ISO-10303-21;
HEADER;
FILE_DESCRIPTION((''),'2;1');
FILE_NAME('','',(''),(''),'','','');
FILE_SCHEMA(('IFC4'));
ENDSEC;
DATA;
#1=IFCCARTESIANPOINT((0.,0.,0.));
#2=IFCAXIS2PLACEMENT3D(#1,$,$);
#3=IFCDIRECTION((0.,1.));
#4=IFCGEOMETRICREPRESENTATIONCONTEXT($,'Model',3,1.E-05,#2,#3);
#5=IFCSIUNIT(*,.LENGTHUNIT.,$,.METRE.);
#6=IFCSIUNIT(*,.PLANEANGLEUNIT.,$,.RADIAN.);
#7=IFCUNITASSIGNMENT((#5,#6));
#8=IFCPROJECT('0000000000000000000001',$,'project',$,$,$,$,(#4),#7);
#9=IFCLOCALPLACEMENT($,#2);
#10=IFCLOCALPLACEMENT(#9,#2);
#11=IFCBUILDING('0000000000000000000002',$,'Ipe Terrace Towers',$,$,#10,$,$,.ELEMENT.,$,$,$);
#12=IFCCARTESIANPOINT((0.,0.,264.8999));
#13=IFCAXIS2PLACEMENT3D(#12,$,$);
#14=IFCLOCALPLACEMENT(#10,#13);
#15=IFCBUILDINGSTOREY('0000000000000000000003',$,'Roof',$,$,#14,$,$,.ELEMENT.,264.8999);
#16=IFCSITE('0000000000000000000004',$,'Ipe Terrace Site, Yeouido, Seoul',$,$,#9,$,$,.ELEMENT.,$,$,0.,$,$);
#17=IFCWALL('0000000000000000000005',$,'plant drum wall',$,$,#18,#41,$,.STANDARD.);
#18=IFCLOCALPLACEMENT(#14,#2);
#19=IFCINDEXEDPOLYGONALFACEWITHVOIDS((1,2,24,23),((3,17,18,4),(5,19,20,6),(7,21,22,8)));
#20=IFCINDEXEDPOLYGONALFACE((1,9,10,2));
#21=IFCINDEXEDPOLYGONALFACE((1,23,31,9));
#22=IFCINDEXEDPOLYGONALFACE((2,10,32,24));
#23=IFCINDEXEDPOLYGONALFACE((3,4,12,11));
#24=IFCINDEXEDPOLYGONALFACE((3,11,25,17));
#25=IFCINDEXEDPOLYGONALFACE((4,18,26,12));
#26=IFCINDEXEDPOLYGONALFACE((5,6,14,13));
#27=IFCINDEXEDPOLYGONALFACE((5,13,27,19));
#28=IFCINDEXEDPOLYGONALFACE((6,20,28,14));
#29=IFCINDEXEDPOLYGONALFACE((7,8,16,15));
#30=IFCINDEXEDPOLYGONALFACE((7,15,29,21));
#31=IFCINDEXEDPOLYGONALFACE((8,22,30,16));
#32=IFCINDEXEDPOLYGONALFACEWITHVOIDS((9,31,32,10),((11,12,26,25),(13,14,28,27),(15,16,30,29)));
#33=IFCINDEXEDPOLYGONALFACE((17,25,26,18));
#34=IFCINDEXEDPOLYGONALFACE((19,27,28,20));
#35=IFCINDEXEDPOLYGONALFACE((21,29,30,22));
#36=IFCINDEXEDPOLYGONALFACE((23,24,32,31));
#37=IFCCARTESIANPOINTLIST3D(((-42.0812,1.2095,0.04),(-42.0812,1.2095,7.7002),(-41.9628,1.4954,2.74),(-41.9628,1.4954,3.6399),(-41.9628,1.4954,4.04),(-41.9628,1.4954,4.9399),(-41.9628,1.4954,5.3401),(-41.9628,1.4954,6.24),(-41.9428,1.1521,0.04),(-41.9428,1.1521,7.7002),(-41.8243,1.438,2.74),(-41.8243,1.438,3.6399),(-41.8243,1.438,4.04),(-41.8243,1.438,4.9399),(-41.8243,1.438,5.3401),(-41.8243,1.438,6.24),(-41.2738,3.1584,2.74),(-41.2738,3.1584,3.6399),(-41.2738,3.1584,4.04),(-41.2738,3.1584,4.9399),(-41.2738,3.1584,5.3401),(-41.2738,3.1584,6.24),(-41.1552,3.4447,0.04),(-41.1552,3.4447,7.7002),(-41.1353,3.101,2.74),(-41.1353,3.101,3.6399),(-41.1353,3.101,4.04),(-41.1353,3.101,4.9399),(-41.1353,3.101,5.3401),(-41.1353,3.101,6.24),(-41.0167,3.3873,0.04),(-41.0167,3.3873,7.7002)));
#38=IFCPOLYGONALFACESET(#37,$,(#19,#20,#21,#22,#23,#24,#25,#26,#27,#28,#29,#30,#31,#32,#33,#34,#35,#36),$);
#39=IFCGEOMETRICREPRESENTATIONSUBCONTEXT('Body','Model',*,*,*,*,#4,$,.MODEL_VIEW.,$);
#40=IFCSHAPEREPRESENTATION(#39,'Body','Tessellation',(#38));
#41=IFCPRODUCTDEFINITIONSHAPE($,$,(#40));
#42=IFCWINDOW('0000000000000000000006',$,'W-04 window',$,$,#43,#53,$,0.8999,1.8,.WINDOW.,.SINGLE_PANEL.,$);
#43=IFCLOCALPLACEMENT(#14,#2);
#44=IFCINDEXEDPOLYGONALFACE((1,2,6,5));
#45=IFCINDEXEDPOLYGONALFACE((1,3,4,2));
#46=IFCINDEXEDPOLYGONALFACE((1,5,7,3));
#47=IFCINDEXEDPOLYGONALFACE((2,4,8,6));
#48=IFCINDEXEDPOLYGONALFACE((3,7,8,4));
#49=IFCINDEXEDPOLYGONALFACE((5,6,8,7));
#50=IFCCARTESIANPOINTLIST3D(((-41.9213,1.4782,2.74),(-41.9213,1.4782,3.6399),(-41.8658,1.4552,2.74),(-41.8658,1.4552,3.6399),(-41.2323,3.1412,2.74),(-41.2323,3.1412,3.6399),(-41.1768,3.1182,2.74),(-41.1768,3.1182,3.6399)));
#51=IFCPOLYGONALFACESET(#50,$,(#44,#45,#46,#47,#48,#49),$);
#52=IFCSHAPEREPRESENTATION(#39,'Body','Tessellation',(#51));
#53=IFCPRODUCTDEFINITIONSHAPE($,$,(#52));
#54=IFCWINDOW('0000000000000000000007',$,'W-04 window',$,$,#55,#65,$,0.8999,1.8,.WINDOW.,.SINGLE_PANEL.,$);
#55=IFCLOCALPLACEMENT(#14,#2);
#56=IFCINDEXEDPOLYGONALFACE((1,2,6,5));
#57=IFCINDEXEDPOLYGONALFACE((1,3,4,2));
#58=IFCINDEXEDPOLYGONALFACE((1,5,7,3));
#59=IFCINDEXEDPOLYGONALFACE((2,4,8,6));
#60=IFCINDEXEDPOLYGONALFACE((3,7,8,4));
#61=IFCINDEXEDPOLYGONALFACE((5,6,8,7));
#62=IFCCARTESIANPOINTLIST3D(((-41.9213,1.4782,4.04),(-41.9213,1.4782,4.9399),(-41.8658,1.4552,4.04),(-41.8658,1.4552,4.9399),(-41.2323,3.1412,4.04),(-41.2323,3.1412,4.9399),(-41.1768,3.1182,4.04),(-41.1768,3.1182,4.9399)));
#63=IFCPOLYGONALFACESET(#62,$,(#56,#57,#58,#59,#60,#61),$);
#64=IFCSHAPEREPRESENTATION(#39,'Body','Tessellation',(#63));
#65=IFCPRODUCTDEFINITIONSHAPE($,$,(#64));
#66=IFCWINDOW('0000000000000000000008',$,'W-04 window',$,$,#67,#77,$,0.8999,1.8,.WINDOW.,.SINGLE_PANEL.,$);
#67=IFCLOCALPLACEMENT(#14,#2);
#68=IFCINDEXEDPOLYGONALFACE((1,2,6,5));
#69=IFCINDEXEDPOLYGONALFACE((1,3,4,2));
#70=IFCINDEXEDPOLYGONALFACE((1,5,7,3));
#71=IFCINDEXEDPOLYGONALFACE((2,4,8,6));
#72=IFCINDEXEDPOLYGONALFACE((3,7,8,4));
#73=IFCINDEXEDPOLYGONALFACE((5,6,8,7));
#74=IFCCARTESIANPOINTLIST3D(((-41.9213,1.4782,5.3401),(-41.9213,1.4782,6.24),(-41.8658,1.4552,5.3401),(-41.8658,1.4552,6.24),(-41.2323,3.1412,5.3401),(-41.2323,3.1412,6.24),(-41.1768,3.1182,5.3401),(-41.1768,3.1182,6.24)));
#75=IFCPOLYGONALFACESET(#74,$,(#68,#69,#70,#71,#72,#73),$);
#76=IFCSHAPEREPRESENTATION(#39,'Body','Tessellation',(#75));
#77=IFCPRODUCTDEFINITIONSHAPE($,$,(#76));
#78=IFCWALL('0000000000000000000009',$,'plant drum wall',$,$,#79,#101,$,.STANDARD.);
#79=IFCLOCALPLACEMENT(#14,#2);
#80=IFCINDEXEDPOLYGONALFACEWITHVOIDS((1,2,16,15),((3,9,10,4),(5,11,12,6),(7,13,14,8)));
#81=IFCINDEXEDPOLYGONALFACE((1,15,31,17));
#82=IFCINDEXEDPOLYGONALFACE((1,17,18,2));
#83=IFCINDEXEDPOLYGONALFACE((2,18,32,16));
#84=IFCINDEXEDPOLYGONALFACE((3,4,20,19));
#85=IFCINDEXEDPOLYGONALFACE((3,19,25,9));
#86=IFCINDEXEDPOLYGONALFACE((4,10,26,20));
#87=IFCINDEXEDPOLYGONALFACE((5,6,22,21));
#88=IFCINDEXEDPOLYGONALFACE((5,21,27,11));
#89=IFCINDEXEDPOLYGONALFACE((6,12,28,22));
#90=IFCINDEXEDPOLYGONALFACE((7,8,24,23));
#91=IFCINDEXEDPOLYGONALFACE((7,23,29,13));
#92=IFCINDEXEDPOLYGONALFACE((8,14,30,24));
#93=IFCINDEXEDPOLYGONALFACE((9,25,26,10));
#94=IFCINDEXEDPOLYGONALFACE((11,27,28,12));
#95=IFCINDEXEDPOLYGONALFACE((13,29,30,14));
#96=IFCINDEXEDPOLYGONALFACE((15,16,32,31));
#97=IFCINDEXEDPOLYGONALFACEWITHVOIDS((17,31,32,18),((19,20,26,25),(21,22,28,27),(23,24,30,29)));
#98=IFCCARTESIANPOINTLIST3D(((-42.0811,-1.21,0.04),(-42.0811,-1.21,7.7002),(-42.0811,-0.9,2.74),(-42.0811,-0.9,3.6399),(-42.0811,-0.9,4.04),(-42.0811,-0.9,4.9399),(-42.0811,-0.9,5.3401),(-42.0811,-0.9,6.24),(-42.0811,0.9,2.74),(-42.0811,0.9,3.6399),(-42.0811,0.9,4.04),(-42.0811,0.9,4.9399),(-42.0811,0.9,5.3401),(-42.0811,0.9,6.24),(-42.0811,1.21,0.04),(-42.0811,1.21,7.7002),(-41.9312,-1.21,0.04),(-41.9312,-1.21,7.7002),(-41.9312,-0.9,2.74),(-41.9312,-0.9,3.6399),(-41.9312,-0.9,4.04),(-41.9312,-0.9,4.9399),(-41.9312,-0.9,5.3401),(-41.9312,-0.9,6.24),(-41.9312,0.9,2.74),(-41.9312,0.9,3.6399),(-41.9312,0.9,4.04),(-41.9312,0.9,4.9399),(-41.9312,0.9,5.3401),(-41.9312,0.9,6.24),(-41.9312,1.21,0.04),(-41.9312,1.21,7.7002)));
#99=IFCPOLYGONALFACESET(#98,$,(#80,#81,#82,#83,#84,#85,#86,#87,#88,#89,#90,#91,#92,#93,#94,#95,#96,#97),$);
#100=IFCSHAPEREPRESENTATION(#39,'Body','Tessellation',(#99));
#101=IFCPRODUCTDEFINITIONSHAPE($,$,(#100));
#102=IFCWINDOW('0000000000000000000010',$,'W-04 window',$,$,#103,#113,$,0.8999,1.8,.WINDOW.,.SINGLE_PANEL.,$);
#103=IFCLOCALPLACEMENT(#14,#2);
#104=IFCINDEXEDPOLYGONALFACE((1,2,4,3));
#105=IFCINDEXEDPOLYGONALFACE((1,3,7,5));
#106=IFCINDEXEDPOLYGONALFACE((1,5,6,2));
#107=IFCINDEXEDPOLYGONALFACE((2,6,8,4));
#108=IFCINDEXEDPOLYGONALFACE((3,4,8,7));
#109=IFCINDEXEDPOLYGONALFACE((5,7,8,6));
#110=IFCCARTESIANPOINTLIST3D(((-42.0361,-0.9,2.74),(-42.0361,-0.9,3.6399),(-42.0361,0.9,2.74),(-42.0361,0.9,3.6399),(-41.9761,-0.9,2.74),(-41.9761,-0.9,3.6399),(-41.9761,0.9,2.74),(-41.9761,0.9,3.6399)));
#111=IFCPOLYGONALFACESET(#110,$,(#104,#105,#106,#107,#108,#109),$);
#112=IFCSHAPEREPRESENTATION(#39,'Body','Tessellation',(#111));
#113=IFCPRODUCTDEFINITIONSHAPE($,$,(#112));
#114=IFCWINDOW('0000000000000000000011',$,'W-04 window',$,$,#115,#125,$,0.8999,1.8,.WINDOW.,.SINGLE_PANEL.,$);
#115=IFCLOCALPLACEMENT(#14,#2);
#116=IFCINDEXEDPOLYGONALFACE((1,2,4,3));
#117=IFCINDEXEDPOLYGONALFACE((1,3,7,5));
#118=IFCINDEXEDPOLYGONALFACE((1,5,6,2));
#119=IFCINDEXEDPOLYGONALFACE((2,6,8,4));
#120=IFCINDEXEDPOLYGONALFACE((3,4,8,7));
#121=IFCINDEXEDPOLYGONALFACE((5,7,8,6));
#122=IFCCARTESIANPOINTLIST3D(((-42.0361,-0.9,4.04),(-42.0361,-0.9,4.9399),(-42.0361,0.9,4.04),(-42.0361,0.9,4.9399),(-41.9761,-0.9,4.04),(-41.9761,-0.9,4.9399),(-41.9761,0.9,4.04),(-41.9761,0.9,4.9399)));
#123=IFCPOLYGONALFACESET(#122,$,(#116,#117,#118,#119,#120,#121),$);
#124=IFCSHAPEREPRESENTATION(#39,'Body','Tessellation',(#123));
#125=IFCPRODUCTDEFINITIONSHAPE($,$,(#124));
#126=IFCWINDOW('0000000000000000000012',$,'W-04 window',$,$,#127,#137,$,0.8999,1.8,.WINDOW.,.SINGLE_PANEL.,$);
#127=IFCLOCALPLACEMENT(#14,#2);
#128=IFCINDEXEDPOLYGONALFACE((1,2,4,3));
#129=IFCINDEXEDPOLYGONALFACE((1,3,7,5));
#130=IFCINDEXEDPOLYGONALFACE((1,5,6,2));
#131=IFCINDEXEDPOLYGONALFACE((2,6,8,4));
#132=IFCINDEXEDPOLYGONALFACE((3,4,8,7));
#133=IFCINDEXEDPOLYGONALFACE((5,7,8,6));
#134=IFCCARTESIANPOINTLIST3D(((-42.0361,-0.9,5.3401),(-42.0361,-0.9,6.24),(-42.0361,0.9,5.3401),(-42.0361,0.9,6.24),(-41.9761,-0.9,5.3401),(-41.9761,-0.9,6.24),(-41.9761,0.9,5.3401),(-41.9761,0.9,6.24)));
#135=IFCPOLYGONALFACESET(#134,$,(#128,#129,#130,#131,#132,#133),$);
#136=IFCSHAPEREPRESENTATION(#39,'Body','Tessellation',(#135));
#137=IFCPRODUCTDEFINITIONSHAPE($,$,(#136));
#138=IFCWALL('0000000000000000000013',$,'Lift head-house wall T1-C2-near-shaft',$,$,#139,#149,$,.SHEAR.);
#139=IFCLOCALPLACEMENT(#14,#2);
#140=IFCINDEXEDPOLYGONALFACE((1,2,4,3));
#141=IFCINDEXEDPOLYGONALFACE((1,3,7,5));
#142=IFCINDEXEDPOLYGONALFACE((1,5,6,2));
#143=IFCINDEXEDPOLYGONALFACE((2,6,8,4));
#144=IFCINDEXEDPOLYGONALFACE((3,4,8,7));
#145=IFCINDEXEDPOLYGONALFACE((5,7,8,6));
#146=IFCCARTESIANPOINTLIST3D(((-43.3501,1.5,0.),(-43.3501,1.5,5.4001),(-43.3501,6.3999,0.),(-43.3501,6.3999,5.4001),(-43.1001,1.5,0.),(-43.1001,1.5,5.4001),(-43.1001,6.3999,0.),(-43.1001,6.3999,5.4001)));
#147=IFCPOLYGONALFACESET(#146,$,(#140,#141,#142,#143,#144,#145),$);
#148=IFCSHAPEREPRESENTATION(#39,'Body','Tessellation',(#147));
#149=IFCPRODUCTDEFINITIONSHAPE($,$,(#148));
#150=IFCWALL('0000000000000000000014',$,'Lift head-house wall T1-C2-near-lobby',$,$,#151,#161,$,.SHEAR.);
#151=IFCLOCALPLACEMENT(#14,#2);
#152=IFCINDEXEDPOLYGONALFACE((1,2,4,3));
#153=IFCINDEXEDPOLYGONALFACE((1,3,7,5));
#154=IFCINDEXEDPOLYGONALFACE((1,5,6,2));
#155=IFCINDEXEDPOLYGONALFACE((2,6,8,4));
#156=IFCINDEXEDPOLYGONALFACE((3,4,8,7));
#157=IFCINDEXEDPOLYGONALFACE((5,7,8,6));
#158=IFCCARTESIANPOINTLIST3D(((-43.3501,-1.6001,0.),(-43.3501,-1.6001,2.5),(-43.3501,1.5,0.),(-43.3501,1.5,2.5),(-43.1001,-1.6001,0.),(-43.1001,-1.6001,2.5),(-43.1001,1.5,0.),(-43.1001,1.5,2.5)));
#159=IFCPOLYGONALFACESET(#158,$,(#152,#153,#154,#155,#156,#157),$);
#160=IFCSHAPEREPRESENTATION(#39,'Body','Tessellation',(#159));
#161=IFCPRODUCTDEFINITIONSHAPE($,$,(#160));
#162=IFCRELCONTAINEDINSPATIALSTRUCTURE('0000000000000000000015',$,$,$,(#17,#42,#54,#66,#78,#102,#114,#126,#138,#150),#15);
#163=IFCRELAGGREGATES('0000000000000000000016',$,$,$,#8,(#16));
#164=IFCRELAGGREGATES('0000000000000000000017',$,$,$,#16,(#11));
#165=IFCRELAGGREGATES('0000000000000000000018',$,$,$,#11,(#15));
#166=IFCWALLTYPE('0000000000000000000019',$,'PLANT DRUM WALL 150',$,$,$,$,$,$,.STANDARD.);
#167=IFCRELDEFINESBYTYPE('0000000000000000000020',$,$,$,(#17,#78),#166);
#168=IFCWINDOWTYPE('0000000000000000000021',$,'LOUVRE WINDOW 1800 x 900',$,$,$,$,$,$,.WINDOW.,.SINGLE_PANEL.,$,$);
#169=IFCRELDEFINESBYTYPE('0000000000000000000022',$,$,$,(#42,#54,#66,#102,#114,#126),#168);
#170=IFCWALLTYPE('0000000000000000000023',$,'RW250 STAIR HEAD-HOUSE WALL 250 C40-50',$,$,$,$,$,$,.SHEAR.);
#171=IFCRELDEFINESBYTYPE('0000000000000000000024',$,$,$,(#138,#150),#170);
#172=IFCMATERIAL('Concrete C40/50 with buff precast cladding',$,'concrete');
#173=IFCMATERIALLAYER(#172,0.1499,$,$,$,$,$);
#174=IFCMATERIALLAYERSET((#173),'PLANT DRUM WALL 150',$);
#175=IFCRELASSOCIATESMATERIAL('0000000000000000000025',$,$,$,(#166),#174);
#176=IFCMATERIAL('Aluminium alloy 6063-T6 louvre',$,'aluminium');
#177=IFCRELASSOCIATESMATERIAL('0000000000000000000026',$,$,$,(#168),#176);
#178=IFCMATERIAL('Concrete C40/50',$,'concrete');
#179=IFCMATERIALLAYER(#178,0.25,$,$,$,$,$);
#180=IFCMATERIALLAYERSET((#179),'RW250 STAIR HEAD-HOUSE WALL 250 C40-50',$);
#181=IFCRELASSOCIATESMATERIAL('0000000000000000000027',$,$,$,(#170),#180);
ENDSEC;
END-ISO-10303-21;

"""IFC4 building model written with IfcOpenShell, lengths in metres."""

from ifc_helpers import new_model, si_unit, direction, frame, frame_2d, origin, place, context, subcontext, project, spatial, rectangle, extrude, material, layer, layer_set, type_object, element, fill, save


model = new_model("IFC4")

# Units and contexts
model_context = context("Model", 3, precision=1e-05, world=origin(), true_north=direction((0.0, 1.0)))
body_context = subcontext(model_context, "Body", "Model", "MODEL_VIEW")
ifc_project = project(units=[si_unit("LENGTHUNIT", "METRE"), si_unit("PLANEANGLEUNIT", "RADIAN")], contexts=[model_context])

# Site, building, storey
site_placement = place(None, origin())
site = spatial("IfcSite", under=ifc_project, at=site_placement, Name="Ipe Terrace Site, Yeouido, Seoul", CompositionType="ELEMENT", RefElevation=0.0)
building_placement = place(site_placement, origin())
building = spatial("IfcBuilding", under=site, at=building_placement, Name="Ipe Terrace Towers", CompositionType="ELEMENT")
storey_placement = place(building_placement, frame((0.0, 0.0, 264.8999)))
storey = spatial("IfcBuildingStorey", under=building, at=storey_placement, Name="Roof", CompositionType="ELEMENT", Elevation=264.8999)

# Walls, openings, windows
ifc_material_1 = material(Name="Concrete C40/50 with buff precast cladding", Category="concrete")
ifc_layer_1 = layer(ifc_material_1, 0.1499)
ifc_layer_set_1 = layer_set([ifc_layer_1], Name="PLANT DRUM WALL 150")
wall_type_1 = type_object("IfcWallType", Name="PLANT DRUM WALL 150", PredefinedType="STANDARD", material=ifc_layer_set_1)
wall_1_placement = place(storey_placement, frame((-41.0859, 3.416, 0.04), z_axis=(0.0, 0.0, 1.0), x_axis=(-0.382759, -0.923848, 0.0)))
wall_1 = element("IfcWall", 1, at=wall_1_placement, inside=storey, type_object=wall_type_1, Name="plant drum wall", PredefinedType="STANDARD", context=body_context, shape_type="SweptSolid", body=[
    extrude(rectangle(XDim=2.4194, YDim=0.1499, at=frame_2d((1.2097, 0.0))), origin(), (0.0, 0.0, 1.0), 7.6602),
])
opening_1_placement = place(wall_1_placement, frame((0.3101, 0.0, 2.7)))
opening_1 = element("IfcOpeningElement", 2, at=opening_1_placement, cuts=wall_1, PredefinedType="OPENING", context=body_context, shape_type="SweptSolid", body=[
    extrude(rectangle(XDim=1.8, YDim=0.8999, at=frame_2d((0.8999, 0.45))), frame((0.0, 0.085, 0.0), z_axis=(0.0, -1.0, 0.0), x_axis=(1.0, 0.0, 0.0)), (0.0, 0.0, 1.0), 0.1699),
])
opening_2_placement = place(wall_1_placement, frame((0.3101, 0.0, 4.0)))
opening_2 = element("IfcOpeningElement", 3, at=opening_2_placement, cuts=wall_1, PredefinedType="OPENING", context=body_context, shape_type="SweptSolid", body=[
    extrude(rectangle(XDim=1.8, YDim=0.8999, at=frame_2d((0.8999, 0.45))), frame((0.0, 0.085, 0.0), z_axis=(0.0, -1.0, 0.0), x_axis=(1.0, 0.0, 0.0)), (0.0, 0.0, 1.0), 0.1699),
])
opening_3_placement = place(wall_1_placement, frame((0.3101, 0.0, 5.3)))
opening_3 = element("IfcOpeningElement", 4, at=opening_3_placement, cuts=wall_1, PredefinedType="OPENING", context=body_context, shape_type="SweptSolid", body=[
    extrude(rectangle(XDim=1.8, YDim=0.8999, at=frame_2d((0.8999, 0.45))), frame((0.0, 0.085, 0.0), z_axis=(0.0, -1.0, 0.0), x_axis=(1.0, 0.0, 0.0)), (0.0, 0.0, 1.0), 0.1699),
])
ifc_material_2 = material(Name="Aluminium alloy 6063-T6 louvre", Category="aluminium")
window_type = type_object("IfcWindowType", Name="LOUVRE WINDOW 1800 x 900", PartitioningType="SINGLE_PANEL", PredefinedType="WINDOW", material=ifc_material_2)
window_1_placement = place(opening_1_placement, origin())
window_1 = element("IfcWindow", 5, at=window_1_placement, inside=storey, type_object=window_type, Name="W-04 window", OverallHeight=0.8999, OverallWidth=1.8, PartitioningType="SINGLE_PANEL", PredefinedType="WINDOW", context=body_context, shape_type="SweptSolid", body=[
    extrude(rectangle(XDim=1.8, YDim=0.8999, at=frame_2d((0.8999, 0.45))), frame((0.0, 0.03, 0.0), z_axis=(0.0, -1.0, 0.0), x_axis=(1.0, 0.0, 0.0)), (0.0, 0.0, 1.0), 0.0601),
])
fill(opening_1, window_1)
window_2_placement = place(opening_2_placement, origin())
window_2 = element("IfcWindow", 6, at=window_2_placement, inside=storey, type_object=window_type, Name="W-04 window", OverallHeight=0.8999, OverallWidth=1.8, PartitioningType="SINGLE_PANEL", PredefinedType="WINDOW", context=body_context, shape_type="SweptSolid", body=[
    extrude(rectangle(XDim=1.8, YDim=0.8999, at=frame_2d((0.8999, 0.45))), frame((0.0, 0.03, 0.0), z_axis=(0.0, -1.0, 0.0), x_axis=(1.0, 0.0, 0.0)), (0.0, 0.0, 1.0), 0.0601),
])
fill(opening_2, window_2)
window_3_placement = place(opening_3_placement, origin())
window_3 = element("IfcWindow", 7, at=window_3_placement, inside=storey, type_object=window_type, Name="W-04 window", OverallHeight=0.8999, OverallWidth=1.8, PartitioningType="SINGLE_PANEL", PredefinedType="WINDOW", context=body_context, shape_type="SweptSolid", body=[
    extrude(rectangle(XDim=1.8, YDim=0.8999, at=frame_2d((0.8999, 0.45))), frame((0.0, 0.03, 0.0), z_axis=(0.0, -1.0, 0.0), x_axis=(1.0, 0.0, 0.0)), (0.0, 0.0, 1.0), 0.0601),
])
fill(opening_3, window_3)
wall_2_placement = place(storey_placement, frame((-42.0061, 1.21, 0.04), z_axis=(0.0, 0.0, 1.0), x_axis=(0.0, -1.0, 0.0)))
wall_2 = element("IfcWall", 8, at=wall_2_placement, inside=storey, type_object=wall_type_1, Name="plant drum wall", PredefinedType="STANDARD", context=body_context, shape_type="SweptSolid", body=[
    extrude(rectangle(XDim=2.4199, YDim=0.1499, at=frame_2d((1.21, 0.0))), origin(), (0.0, 0.0, 1.0), 7.6602),
])
opening_4_placement = place(wall_2_placement, frame((0.3101, 0.0, 2.7)))
opening_4 = element("IfcOpeningElement", 9, at=opening_4_placement, cuts=wall_2, PredefinedType="OPENING", context=body_context, shape_type="SweptSolid", body=[
    extrude(rectangle(XDim=1.8, YDim=0.8999, at=frame_2d((0.8999, 0.45))), frame((0.0, 0.085, 0.0), z_axis=(0.0, -1.0, 0.0), x_axis=(1.0, 0.0, 0.0)), (0.0, 0.0, 1.0), 0.1699),
])
opening_5_placement = place(wall_2_placement, frame((0.3101, 0.0, 4.0)))
opening_5 = element("IfcOpeningElement", 10, at=opening_5_placement, cuts=wall_2, PredefinedType="OPENING", context=body_context, shape_type="SweptSolid", body=[
    extrude(rectangle(XDim=1.8, YDim=0.8999, at=frame_2d((0.8999, 0.45))), frame((0.0, 0.085, 0.0), z_axis=(0.0, -1.0, 0.0), x_axis=(1.0, 0.0, 0.0)), (0.0, 0.0, 1.0), 0.1699),
])
opening_6_placement = place(wall_2_placement, frame((0.3101, 0.0, 5.3)))
opening_6 = element("IfcOpeningElement", 11, at=opening_6_placement, cuts=wall_2, PredefinedType="OPENING", context=body_context, shape_type="SweptSolid", body=[
    extrude(rectangle(XDim=1.8, YDim=0.8999, at=frame_2d((0.8999, 0.45))), frame((0.0, 0.085, 0.0), z_axis=(0.0, -1.0, 0.0), x_axis=(1.0, 0.0, 0.0)), (0.0, 0.0, 1.0), 0.1699),
])
window_4_placement = place(opening_4_placement, origin())
window_4 = element("IfcWindow", 12, at=window_4_placement, inside=storey, type_object=window_type, Name="W-04 window", OverallHeight=0.8999, OverallWidth=1.8, PartitioningType="SINGLE_PANEL", PredefinedType="WINDOW", context=body_context, shape_type="SweptSolid", body=[
    extrude(rectangle(XDim=1.8, YDim=0.8999, at=frame_2d((0.8999, 0.45))), frame((0.0, 0.03, 0.0), z_axis=(0.0, -1.0, 0.0), x_axis=(1.0, 0.0, 0.0)), (0.0, 0.0, 1.0), 0.0601),
])
fill(opening_4, window_4)
window_5_placement = place(opening_5_placement, origin())
window_5 = element("IfcWindow", 13, at=window_5_placement, inside=storey, type_object=window_type, Name="W-04 window", OverallHeight=0.8999, OverallWidth=1.8, PartitioningType="SINGLE_PANEL", PredefinedType="WINDOW", context=body_context, shape_type="SweptSolid", body=[
    extrude(rectangle(XDim=1.8, YDim=0.8999, at=frame_2d((0.8999, 0.45))), frame((0.0, 0.03, 0.0), z_axis=(0.0, -1.0, 0.0), x_axis=(1.0, 0.0, 0.0)), (0.0, 0.0, 1.0), 0.0601),
])
fill(opening_5, window_5)
window_6_placement = place(opening_6_placement, origin())
window_6 = element("IfcWindow", 14, at=window_6_placement, inside=storey, type_object=window_type, Name="W-04 window", OverallHeight=0.8999, OverallWidth=1.8, PartitioningType="SINGLE_PANEL", PredefinedType="WINDOW", context=body_context, shape_type="SweptSolid", body=[
    extrude(rectangle(XDim=1.8, YDim=0.8999, at=frame_2d((0.8999, 0.45))), frame((0.0, 0.03, 0.0), z_axis=(0.0, -1.0, 0.0), x_axis=(1.0, 0.0, 0.0)), (0.0, 0.0, 1.0), 0.0601),
])
fill(opening_6, window_6)

# Walls
ifc_material_3 = material(Name="Concrete C40/50", Category="concrete")
ifc_layer_2 = layer(ifc_material_3, 0.25)
ifc_layer_set_2 = layer_set([ifc_layer_2], Name="RW250 STAIR HEAD-HOUSE WALL 250 C40-50")
wall_type_2 = type_object("IfcWallType", Name="RW250 STAIR HEAD-HOUSE WALL 250 C40-50", PredefinedType="SHEAR", material=ifc_layer_set_2)
wall_3_placement = place(storey_placement, frame((-43.2251, 6.3999, 0.0), z_axis=(0.0, 0.0, 1.0), x_axis=(0.0, -1.0, 0.0)))
element("IfcWall", 15, at=wall_3_placement, inside=storey, type_object=wall_type_2, Name="Lift head-house wall T1-C2-near-shaft", PredefinedType="SHEAR", context=body_context, shape_type="SweptSolid", body=[
    extrude(rectangle(XDim=4.8999, YDim=0.25, at=frame_2d((2.45, 0.0))), origin(), (0.0, 0.0, 1.0), 5.4001),
])
wall_4_placement = place(storey_placement, frame((-43.2251, 1.5, 0.0), z_axis=(0.0, 0.0, 1.0), x_axis=(0.0, -1.0, 0.0)))
element("IfcWall", 16, at=wall_4_placement, inside=storey, type_object=wall_type_2, Name="Lift head-house wall T1-C2-near-lobby", PredefinedType="SHEAR", context=body_context, shape_type="SweptSolid", body=[
    extrude(rectangle(XDim=3.1001, YDim=0.25, at=frame_2d((1.55, 0.0))), origin(), (0.0, 0.0, 1.0), 2.5),
])

save(model, "model.ifc")
